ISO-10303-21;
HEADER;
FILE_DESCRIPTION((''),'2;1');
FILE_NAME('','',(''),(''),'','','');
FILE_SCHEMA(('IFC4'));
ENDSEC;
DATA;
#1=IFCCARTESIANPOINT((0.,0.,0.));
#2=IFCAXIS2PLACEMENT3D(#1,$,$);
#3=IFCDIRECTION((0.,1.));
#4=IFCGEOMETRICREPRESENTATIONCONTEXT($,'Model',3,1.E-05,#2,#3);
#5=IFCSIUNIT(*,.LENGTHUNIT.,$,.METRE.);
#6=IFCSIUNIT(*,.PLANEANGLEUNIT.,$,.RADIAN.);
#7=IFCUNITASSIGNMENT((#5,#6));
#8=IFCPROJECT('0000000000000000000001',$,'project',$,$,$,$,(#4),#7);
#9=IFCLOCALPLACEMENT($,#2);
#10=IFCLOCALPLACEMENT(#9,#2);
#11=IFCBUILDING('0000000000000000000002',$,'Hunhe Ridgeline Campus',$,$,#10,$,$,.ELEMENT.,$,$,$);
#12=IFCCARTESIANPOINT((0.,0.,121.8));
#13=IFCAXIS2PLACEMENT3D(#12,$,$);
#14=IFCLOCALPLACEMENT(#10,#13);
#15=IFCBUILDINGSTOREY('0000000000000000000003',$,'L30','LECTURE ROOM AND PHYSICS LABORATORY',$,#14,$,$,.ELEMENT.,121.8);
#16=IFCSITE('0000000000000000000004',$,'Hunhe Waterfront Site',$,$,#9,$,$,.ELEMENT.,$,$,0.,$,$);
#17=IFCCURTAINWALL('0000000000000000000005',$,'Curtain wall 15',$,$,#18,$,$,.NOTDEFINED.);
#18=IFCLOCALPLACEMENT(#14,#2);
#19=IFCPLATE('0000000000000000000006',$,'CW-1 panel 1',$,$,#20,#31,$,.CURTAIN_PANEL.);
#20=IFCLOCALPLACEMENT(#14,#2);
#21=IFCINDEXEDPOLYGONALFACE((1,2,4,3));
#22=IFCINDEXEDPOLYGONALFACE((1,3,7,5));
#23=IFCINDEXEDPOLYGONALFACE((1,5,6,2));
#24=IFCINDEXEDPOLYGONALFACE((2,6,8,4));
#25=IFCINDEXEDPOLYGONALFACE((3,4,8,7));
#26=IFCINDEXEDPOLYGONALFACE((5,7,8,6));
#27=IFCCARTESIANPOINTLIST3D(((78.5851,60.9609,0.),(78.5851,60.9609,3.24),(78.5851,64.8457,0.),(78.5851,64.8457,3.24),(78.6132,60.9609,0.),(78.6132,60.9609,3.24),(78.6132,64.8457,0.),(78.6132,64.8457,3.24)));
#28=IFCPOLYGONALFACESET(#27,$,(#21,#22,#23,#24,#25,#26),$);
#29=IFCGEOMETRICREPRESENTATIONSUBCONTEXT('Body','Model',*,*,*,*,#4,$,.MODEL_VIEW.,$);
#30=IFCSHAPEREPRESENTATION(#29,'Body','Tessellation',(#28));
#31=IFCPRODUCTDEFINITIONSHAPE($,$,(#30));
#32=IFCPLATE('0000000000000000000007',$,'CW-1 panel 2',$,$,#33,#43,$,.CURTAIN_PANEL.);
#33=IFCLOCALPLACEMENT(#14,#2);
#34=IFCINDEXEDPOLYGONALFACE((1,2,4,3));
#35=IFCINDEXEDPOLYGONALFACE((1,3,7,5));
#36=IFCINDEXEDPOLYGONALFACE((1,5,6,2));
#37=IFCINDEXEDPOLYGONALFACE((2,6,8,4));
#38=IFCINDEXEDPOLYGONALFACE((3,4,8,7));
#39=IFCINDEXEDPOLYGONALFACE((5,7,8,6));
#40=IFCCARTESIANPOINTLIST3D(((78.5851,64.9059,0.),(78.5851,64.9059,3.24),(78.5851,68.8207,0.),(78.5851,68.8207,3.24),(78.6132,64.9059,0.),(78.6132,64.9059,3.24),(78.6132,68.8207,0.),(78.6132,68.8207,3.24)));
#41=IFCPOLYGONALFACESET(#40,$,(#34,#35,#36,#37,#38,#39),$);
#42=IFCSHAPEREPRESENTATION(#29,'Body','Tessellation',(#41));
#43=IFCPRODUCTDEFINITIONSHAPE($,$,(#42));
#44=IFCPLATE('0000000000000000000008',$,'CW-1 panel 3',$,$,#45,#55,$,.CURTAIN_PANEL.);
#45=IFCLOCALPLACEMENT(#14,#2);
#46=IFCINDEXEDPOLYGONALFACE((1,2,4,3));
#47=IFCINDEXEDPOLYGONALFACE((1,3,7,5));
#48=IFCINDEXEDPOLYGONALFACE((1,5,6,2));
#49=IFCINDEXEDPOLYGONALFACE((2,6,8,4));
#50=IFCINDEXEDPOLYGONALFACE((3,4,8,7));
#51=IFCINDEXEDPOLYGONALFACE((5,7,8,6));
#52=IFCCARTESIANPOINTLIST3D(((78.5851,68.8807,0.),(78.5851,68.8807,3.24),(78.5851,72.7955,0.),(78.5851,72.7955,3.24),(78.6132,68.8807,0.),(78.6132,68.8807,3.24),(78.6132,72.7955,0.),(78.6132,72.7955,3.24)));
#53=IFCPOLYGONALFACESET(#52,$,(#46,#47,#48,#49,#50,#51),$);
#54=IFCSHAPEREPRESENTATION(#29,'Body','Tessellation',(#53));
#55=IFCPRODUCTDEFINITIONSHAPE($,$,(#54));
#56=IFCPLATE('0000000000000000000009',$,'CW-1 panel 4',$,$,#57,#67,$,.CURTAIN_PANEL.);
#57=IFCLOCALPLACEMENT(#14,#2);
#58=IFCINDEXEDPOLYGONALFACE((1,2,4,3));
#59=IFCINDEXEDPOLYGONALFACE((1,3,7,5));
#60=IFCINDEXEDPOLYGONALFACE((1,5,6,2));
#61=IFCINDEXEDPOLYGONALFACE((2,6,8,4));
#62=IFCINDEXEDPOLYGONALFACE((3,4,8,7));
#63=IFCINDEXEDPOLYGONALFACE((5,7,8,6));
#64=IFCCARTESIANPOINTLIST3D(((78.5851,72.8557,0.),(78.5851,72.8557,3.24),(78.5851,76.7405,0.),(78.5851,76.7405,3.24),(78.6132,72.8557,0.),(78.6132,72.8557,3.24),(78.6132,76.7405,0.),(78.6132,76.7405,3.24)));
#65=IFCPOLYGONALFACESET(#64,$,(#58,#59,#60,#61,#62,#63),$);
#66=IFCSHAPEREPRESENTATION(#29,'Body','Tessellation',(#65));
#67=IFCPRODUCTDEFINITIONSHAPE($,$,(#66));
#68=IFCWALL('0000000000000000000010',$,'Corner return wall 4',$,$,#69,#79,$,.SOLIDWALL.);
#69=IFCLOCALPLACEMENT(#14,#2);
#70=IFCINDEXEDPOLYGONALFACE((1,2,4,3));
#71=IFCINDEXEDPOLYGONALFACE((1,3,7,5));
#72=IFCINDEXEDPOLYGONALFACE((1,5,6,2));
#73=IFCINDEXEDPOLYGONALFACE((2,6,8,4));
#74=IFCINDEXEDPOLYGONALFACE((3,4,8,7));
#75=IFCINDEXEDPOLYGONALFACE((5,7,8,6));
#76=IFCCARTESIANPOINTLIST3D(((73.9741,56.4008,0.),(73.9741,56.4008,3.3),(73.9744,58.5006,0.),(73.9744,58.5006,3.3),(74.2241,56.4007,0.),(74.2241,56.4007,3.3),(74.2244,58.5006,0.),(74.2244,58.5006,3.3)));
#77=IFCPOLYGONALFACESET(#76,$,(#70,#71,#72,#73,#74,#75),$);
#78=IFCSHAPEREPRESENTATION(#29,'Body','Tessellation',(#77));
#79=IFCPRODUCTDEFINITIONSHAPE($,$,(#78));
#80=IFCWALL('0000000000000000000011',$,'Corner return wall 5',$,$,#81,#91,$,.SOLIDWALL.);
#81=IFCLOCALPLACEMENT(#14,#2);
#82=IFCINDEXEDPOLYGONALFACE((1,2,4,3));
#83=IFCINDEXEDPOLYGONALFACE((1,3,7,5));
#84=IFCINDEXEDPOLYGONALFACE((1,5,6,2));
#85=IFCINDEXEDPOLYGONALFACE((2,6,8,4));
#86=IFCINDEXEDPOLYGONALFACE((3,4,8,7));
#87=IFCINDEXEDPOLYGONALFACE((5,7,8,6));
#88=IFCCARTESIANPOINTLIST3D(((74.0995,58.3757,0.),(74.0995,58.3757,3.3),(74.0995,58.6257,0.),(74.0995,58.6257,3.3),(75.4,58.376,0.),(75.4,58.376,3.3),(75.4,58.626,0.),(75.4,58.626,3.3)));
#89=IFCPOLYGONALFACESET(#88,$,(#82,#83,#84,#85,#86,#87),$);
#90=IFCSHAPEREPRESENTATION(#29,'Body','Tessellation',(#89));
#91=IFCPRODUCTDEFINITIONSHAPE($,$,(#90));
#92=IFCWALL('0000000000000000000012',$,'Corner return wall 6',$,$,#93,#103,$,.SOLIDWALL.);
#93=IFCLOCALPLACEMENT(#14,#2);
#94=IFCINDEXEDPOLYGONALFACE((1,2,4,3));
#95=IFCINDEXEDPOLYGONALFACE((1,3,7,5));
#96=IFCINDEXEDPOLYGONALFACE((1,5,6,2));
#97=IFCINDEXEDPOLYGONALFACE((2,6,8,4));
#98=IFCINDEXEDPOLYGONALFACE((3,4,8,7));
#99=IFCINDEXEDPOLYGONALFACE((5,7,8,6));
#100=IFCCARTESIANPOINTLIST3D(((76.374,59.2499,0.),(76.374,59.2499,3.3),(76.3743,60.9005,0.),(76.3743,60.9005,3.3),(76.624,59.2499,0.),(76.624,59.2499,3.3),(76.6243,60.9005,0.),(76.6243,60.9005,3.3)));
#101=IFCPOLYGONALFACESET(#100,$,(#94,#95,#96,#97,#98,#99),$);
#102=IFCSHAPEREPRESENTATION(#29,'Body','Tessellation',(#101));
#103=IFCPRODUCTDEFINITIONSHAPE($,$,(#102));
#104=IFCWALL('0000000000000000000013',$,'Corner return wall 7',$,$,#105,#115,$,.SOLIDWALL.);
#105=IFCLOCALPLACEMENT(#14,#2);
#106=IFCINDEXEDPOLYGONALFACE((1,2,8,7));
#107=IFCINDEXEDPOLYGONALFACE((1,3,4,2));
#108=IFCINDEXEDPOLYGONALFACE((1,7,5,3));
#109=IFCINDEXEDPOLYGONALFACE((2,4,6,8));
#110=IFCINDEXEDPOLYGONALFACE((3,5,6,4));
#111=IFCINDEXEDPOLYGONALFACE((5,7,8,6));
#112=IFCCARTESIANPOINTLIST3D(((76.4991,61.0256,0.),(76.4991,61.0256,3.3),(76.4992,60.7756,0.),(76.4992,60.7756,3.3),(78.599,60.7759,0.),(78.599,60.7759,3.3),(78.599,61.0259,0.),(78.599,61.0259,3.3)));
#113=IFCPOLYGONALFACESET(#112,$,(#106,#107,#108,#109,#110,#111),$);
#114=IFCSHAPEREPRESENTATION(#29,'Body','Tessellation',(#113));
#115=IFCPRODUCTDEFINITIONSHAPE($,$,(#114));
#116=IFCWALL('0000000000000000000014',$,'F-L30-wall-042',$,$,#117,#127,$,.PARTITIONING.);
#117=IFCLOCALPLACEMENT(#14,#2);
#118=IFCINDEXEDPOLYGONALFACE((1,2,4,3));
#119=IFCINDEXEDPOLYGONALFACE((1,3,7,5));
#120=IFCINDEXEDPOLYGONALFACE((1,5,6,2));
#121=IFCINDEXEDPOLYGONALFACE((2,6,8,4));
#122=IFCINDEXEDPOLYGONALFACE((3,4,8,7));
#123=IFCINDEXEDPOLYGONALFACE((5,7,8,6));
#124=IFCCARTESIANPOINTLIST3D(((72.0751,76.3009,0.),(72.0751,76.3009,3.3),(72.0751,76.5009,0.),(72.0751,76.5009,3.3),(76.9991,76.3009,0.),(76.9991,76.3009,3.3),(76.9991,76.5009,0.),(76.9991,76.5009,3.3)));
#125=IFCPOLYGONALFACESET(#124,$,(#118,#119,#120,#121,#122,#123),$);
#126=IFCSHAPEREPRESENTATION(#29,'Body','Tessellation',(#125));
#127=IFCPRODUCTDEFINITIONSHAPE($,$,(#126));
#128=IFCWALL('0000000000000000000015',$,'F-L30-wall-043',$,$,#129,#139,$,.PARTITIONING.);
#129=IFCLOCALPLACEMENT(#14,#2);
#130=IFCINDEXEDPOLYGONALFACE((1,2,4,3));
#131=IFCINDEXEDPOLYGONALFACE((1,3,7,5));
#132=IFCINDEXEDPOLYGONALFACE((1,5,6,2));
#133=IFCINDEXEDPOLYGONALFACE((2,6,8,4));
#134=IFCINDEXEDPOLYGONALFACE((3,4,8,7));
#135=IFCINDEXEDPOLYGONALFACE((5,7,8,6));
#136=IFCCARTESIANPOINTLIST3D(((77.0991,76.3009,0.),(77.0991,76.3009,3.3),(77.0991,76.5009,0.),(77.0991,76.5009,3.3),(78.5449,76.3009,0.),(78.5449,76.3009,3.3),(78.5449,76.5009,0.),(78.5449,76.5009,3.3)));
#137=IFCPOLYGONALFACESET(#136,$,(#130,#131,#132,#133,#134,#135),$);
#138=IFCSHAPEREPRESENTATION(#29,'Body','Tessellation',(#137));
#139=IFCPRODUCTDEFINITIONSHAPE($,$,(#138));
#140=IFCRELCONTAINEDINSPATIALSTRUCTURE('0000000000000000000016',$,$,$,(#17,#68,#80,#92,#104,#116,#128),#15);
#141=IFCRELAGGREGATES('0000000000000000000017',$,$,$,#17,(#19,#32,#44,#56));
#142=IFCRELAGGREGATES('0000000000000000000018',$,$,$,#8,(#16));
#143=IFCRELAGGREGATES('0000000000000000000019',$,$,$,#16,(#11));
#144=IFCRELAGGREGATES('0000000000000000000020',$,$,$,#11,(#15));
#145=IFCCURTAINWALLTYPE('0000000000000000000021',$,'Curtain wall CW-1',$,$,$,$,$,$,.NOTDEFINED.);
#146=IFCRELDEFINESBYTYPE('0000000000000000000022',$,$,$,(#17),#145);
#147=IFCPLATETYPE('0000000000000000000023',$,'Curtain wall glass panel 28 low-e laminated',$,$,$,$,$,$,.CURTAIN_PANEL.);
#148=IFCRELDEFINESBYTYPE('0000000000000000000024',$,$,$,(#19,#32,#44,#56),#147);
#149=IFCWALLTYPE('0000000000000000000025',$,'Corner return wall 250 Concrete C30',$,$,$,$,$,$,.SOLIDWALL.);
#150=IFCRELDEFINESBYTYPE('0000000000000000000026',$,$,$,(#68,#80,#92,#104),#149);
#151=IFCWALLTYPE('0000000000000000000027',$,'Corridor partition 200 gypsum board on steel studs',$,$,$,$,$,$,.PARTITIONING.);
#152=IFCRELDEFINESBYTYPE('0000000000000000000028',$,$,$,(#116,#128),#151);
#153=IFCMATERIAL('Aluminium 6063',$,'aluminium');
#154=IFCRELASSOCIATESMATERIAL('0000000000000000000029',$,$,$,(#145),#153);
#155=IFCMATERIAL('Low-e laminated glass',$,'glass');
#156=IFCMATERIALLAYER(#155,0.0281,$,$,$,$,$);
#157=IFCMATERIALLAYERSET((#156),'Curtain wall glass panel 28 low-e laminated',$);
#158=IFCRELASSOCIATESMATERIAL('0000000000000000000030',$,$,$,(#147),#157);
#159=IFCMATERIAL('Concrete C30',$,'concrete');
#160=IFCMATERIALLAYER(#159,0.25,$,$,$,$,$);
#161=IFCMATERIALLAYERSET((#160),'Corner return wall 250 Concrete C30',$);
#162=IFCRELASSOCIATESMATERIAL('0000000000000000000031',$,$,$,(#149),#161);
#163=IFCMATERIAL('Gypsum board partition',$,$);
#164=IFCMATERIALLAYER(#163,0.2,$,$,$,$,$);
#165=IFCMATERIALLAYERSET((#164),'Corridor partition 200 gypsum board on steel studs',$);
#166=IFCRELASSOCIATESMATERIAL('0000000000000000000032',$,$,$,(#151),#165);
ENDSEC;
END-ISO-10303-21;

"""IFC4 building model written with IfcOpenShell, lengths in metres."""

from ifc_helpers import new_model, si_unit, direction, frame, frame_2d, origin, origin_2d, place, context, subcontext, project, spatial, rectangle, extrude, material, layer, layer_set, type_object, element, aggregate, save


model = new_model("IFC4")

# Units and contexts
model_context = context("Model", 3, precision=1e-05, world=origin(), true_north=direction((0.0, 1.0)))
body_context = subcontext(model_context, "Body", "Model", "MODEL_VIEW")
ifc_project = project(units=[si_unit("LENGTHUNIT", "METRE"), si_unit("PLANEANGLEUNIT", "RADIAN")], contexts=[model_context])

# Site, building, storey
site_placement = place(None, origin())
site = spatial("IfcSite", under=ifc_project, at=site_placement, Name="Hunhe Waterfront Site", CompositionType="ELEMENT", RefElevation=0.0)
building_placement = place(site_placement, origin())
building = spatial("IfcBuilding", under=site, at=building_placement, Name="Hunhe Ridgeline Campus", CompositionType="ELEMENT")
storey_placement = place(building_placement, frame((0.0, 0.0, 121.8)))
storey = spatial("IfcBuildingStorey", under=building, at=storey_placement, Name="L30", Description="LECTURE ROOM AND PHYSICS LABORATORY", CompositionType="ELEMENT", Elevation=121.8)

# Curtain wall
ifc_material_1 = material(Name="Aluminium 6063", Category="aluminium")
curtain_wall_type = type_object("IfcCurtainWallType", Name="Curtain wall CW-1", PredefinedType="NOTDEFINED", material=ifc_material_1)
curtain_wall_placement = place(storey_placement, origin())
curtain_wall = element("IfcCurtainWall", 1, at=curtain_wall_placement, inside=storey, type_object=curtain_wall_type, Name="Curtain wall 15", PredefinedType="NOTDEFINED")

# Plates
ifc_material_2 = material(Name="Low-e laminated glass", Category="glass")
ifc_layer_1 = layer(ifc_material_2, 0.0281)
ifc_layer_set_1 = layer_set([ifc_layer_1], Name="Curtain wall glass panel 28 low-e laminated")
plate_type = type_object("IfcPlateType", Name="Curtain wall glass panel 28 low-e laminated", PredefinedType="CURTAIN_PANEL", material=ifc_layer_set_1)
plate_1_placement = place(storey_placement, frame((78.5991, 62.9033, 0.0), z_axis=(0.0, 0.0, 1.0), x_axis=(0.0, 1.0, 0.0)))
plate_1 = element("IfcPlate", 2, at=plate_1_placement, type_object=plate_type, Name="CW-1 panel 1", PredefinedType="CURTAIN_PANEL", context=body_context, shape_type="SweptSolid", body=[
    extrude(rectangle(XDim=3.8848, YDim=0.0281, at=origin_2d()), origin(), (0.0, 0.0, 1.0), 3.24),
])
plate_2_placement = place(storey_placement, frame((78.5991, 66.8633, 0.0), z_axis=(0.0, 0.0, 1.0), x_axis=(0.0, 1.0, 0.0)))
plate_2 = element("IfcPlate", 3, at=plate_2_placement, type_object=plate_type, Name="CW-1 panel 2", PredefinedType="CURTAIN_PANEL", context=body_context, shape_type="SweptSolid", body=[
    extrude(rectangle(XDim=3.9148, YDim=0.0281, at=origin_2d()), origin(), (0.0, 0.0, 1.0), 3.24),
])
plate_3_placement = place(storey_placement, frame((78.5991, 70.8381, 0.0), z_axis=(0.0, 0.0, 1.0), x_axis=(0.0, 1.0, 0.0)))
plate_3 = element("IfcPlate", 4, at=plate_3_placement, type_object=plate_type, Name="CW-1 panel 3", PredefinedType="CURTAIN_PANEL", context=body_context, shape_type="SweptSolid", body=[
    extrude(rectangle(XDim=3.9148, YDim=0.0281, at=origin_2d()), origin(), (0.0, 0.0, 1.0), 3.24),
])
plate_4_placement = place(storey_placement, frame((78.5991, 74.7981, 0.0), z_axis=(0.0, 0.0, 1.0), x_axis=(0.0, 1.0, 0.0)))
plate_4 = element("IfcPlate", 5, at=plate_4_placement, type_object=plate_type, Name="CW-1 panel 4", PredefinedType="CURTAIN_PANEL", context=body_context, shape_type="SweptSolid", body=[
    extrude(rectangle(XDim=3.8848, YDim=0.0281, at=origin_2d()), origin(), (0.0, 0.0, 1.0), 3.24),
])
aggregate(curtain_wall, [plate_1, plate_2, plate_3, plate_4])

# Walls
ifc_material_3 = material(Name="Concrete C30", Category="concrete")
ifc_layer_2 = layer(ifc_material_3, 0.25)
ifc_layer_set_2 = layer_set([ifc_layer_2], Name="Corner return wall 250 Concrete C30")
wall_type_1 = type_object("IfcWallType", Name="Corner return wall 250 Concrete C30", PredefinedType="SOLIDWALL", material=ifc_layer_set_2)
wall_1_placement = place(storey_placement, frame((74.0991, 56.4009, 0.0), z_axis=(0.0, 0.0, 1.0), x_axis=(0.000116, 1.0, 0.0)))
element("IfcWall", 6, at=wall_1_placement, inside=storey, type_object=wall_type_1, Name="Corner return wall 4", PredefinedType="SOLIDWALL", context=body_context, shape_type="SweptSolid", body=[
    extrude(rectangle(XDim=2.0999, YDim=0.25, at=frame_2d((1.0498, 0.0))), origin(), (0.0, 0.0, 1.0), 3.3),
])
wall_2_placement = place(storey_placement, frame((74.0994, 58.5007, 0.0), z_axis=(0.0, 0.0, 1.0), x_axis=(1.0, 0.000188, 0.0)))
element("IfcWall", 7, at=wall_2_placement, inside=storey, type_object=wall_type_1, Name="Corner return wall 5", PredefinedType="SOLIDWALL", context=body_context, shape_type="SweptSolid", body=[
    extrude(rectangle(XDim=1.3005, YDim=0.25, at=frame_2d((0.6504, 0.0))), origin(), (0.0, 0.0, 1.0), 3.3),
])
wall_3_placement = place(storey_placement, frame((76.499, 59.25, 0.0), z_axis=(0.0, 0.0, 1.0), x_axis=(0.000148, 1.0, 0.0)))
element("IfcWall", 8, at=wall_3_placement, inside=storey, type_object=wall_type_1, Name="Corner return wall 6", PredefinedType="SOLIDWALL", context=body_context, shape_type="SweptSolid", body=[
    extrude(rectangle(XDim=1.6506, YDim=0.25, at=frame_2d((0.8252, 0.0))), origin(), (0.0, 0.0, 1.0), 3.3),
])
wall_4_placement = place(storey_placement, frame((76.4993, 60.9006, 0.0), z_axis=(0.0, 0.0, 1.0), x_axis=(1.0, 0.000116, 0.0)))
element("IfcWall", 9, at=wall_4_placement, inside=storey, type_object=wall_type_1, Name="Corner return wall 7", PredefinedType="SOLIDWALL", context=body_context, shape_type="SweptSolid", body=[
    extrude(rectangle(XDim=2.0999, YDim=0.25, at=frame_2d((1.0498, 0.0))), origin(), (0.0, 0.0, 1.0), 3.3),
])
ifc_material_4 = material(Name="Gypsum board partition")
ifc_layer_3 = layer(ifc_material_4, 0.2)
ifc_layer_set_3 = layer_set([ifc_layer_3], Name="Corridor partition 200 gypsum board on steel studs")
wall_type_2 = type_object("IfcWallType", Name="Corridor partition 200 gypsum board on steel studs", PredefinedType="PARTITIONING", material=ifc_layer_set_3)
wall_5_placement = place(storey_placement, frame((76.999, 76.4009, 0.0), z_axis=(0.0, 0.0, 1.0), x_axis=(-1.0, 0.0, 0.0)))
element("IfcWall", 10, at=wall_5_placement, inside=storey, type_object=wall_type_2, Name="F-L30-wall-042", PredefinedType="PARTITIONING", context=body_context, shape_type="SweptSolid", body=[
    extrude(rectangle(XDim=4.9241, YDim=0.2, at=frame_2d((2.4619, 0.0))), origin(), (0.0, 0.0, 1.0), 3.3),
])
wall_6_placement = place(storey_placement, frame((78.5449, 76.4009, 0.0), z_axis=(0.0, 0.0, 1.0), x_axis=(-1.0, 0.0, 0.0)))
element("IfcWall", 11, at=wall_6_placement, inside=storey, type_object=wall_type_2, Name="F-L30-wall-043", PredefinedType="PARTITIONING", context=body_context, shape_type="SweptSolid", body=[
    extrude(rectangle(XDim=1.4458, YDim=0.2, at=frame_2d((0.7229, 0.0))), origin(), (0.0, 0.0, 1.0), 3.3),
])

save(model, "model.ifc")
